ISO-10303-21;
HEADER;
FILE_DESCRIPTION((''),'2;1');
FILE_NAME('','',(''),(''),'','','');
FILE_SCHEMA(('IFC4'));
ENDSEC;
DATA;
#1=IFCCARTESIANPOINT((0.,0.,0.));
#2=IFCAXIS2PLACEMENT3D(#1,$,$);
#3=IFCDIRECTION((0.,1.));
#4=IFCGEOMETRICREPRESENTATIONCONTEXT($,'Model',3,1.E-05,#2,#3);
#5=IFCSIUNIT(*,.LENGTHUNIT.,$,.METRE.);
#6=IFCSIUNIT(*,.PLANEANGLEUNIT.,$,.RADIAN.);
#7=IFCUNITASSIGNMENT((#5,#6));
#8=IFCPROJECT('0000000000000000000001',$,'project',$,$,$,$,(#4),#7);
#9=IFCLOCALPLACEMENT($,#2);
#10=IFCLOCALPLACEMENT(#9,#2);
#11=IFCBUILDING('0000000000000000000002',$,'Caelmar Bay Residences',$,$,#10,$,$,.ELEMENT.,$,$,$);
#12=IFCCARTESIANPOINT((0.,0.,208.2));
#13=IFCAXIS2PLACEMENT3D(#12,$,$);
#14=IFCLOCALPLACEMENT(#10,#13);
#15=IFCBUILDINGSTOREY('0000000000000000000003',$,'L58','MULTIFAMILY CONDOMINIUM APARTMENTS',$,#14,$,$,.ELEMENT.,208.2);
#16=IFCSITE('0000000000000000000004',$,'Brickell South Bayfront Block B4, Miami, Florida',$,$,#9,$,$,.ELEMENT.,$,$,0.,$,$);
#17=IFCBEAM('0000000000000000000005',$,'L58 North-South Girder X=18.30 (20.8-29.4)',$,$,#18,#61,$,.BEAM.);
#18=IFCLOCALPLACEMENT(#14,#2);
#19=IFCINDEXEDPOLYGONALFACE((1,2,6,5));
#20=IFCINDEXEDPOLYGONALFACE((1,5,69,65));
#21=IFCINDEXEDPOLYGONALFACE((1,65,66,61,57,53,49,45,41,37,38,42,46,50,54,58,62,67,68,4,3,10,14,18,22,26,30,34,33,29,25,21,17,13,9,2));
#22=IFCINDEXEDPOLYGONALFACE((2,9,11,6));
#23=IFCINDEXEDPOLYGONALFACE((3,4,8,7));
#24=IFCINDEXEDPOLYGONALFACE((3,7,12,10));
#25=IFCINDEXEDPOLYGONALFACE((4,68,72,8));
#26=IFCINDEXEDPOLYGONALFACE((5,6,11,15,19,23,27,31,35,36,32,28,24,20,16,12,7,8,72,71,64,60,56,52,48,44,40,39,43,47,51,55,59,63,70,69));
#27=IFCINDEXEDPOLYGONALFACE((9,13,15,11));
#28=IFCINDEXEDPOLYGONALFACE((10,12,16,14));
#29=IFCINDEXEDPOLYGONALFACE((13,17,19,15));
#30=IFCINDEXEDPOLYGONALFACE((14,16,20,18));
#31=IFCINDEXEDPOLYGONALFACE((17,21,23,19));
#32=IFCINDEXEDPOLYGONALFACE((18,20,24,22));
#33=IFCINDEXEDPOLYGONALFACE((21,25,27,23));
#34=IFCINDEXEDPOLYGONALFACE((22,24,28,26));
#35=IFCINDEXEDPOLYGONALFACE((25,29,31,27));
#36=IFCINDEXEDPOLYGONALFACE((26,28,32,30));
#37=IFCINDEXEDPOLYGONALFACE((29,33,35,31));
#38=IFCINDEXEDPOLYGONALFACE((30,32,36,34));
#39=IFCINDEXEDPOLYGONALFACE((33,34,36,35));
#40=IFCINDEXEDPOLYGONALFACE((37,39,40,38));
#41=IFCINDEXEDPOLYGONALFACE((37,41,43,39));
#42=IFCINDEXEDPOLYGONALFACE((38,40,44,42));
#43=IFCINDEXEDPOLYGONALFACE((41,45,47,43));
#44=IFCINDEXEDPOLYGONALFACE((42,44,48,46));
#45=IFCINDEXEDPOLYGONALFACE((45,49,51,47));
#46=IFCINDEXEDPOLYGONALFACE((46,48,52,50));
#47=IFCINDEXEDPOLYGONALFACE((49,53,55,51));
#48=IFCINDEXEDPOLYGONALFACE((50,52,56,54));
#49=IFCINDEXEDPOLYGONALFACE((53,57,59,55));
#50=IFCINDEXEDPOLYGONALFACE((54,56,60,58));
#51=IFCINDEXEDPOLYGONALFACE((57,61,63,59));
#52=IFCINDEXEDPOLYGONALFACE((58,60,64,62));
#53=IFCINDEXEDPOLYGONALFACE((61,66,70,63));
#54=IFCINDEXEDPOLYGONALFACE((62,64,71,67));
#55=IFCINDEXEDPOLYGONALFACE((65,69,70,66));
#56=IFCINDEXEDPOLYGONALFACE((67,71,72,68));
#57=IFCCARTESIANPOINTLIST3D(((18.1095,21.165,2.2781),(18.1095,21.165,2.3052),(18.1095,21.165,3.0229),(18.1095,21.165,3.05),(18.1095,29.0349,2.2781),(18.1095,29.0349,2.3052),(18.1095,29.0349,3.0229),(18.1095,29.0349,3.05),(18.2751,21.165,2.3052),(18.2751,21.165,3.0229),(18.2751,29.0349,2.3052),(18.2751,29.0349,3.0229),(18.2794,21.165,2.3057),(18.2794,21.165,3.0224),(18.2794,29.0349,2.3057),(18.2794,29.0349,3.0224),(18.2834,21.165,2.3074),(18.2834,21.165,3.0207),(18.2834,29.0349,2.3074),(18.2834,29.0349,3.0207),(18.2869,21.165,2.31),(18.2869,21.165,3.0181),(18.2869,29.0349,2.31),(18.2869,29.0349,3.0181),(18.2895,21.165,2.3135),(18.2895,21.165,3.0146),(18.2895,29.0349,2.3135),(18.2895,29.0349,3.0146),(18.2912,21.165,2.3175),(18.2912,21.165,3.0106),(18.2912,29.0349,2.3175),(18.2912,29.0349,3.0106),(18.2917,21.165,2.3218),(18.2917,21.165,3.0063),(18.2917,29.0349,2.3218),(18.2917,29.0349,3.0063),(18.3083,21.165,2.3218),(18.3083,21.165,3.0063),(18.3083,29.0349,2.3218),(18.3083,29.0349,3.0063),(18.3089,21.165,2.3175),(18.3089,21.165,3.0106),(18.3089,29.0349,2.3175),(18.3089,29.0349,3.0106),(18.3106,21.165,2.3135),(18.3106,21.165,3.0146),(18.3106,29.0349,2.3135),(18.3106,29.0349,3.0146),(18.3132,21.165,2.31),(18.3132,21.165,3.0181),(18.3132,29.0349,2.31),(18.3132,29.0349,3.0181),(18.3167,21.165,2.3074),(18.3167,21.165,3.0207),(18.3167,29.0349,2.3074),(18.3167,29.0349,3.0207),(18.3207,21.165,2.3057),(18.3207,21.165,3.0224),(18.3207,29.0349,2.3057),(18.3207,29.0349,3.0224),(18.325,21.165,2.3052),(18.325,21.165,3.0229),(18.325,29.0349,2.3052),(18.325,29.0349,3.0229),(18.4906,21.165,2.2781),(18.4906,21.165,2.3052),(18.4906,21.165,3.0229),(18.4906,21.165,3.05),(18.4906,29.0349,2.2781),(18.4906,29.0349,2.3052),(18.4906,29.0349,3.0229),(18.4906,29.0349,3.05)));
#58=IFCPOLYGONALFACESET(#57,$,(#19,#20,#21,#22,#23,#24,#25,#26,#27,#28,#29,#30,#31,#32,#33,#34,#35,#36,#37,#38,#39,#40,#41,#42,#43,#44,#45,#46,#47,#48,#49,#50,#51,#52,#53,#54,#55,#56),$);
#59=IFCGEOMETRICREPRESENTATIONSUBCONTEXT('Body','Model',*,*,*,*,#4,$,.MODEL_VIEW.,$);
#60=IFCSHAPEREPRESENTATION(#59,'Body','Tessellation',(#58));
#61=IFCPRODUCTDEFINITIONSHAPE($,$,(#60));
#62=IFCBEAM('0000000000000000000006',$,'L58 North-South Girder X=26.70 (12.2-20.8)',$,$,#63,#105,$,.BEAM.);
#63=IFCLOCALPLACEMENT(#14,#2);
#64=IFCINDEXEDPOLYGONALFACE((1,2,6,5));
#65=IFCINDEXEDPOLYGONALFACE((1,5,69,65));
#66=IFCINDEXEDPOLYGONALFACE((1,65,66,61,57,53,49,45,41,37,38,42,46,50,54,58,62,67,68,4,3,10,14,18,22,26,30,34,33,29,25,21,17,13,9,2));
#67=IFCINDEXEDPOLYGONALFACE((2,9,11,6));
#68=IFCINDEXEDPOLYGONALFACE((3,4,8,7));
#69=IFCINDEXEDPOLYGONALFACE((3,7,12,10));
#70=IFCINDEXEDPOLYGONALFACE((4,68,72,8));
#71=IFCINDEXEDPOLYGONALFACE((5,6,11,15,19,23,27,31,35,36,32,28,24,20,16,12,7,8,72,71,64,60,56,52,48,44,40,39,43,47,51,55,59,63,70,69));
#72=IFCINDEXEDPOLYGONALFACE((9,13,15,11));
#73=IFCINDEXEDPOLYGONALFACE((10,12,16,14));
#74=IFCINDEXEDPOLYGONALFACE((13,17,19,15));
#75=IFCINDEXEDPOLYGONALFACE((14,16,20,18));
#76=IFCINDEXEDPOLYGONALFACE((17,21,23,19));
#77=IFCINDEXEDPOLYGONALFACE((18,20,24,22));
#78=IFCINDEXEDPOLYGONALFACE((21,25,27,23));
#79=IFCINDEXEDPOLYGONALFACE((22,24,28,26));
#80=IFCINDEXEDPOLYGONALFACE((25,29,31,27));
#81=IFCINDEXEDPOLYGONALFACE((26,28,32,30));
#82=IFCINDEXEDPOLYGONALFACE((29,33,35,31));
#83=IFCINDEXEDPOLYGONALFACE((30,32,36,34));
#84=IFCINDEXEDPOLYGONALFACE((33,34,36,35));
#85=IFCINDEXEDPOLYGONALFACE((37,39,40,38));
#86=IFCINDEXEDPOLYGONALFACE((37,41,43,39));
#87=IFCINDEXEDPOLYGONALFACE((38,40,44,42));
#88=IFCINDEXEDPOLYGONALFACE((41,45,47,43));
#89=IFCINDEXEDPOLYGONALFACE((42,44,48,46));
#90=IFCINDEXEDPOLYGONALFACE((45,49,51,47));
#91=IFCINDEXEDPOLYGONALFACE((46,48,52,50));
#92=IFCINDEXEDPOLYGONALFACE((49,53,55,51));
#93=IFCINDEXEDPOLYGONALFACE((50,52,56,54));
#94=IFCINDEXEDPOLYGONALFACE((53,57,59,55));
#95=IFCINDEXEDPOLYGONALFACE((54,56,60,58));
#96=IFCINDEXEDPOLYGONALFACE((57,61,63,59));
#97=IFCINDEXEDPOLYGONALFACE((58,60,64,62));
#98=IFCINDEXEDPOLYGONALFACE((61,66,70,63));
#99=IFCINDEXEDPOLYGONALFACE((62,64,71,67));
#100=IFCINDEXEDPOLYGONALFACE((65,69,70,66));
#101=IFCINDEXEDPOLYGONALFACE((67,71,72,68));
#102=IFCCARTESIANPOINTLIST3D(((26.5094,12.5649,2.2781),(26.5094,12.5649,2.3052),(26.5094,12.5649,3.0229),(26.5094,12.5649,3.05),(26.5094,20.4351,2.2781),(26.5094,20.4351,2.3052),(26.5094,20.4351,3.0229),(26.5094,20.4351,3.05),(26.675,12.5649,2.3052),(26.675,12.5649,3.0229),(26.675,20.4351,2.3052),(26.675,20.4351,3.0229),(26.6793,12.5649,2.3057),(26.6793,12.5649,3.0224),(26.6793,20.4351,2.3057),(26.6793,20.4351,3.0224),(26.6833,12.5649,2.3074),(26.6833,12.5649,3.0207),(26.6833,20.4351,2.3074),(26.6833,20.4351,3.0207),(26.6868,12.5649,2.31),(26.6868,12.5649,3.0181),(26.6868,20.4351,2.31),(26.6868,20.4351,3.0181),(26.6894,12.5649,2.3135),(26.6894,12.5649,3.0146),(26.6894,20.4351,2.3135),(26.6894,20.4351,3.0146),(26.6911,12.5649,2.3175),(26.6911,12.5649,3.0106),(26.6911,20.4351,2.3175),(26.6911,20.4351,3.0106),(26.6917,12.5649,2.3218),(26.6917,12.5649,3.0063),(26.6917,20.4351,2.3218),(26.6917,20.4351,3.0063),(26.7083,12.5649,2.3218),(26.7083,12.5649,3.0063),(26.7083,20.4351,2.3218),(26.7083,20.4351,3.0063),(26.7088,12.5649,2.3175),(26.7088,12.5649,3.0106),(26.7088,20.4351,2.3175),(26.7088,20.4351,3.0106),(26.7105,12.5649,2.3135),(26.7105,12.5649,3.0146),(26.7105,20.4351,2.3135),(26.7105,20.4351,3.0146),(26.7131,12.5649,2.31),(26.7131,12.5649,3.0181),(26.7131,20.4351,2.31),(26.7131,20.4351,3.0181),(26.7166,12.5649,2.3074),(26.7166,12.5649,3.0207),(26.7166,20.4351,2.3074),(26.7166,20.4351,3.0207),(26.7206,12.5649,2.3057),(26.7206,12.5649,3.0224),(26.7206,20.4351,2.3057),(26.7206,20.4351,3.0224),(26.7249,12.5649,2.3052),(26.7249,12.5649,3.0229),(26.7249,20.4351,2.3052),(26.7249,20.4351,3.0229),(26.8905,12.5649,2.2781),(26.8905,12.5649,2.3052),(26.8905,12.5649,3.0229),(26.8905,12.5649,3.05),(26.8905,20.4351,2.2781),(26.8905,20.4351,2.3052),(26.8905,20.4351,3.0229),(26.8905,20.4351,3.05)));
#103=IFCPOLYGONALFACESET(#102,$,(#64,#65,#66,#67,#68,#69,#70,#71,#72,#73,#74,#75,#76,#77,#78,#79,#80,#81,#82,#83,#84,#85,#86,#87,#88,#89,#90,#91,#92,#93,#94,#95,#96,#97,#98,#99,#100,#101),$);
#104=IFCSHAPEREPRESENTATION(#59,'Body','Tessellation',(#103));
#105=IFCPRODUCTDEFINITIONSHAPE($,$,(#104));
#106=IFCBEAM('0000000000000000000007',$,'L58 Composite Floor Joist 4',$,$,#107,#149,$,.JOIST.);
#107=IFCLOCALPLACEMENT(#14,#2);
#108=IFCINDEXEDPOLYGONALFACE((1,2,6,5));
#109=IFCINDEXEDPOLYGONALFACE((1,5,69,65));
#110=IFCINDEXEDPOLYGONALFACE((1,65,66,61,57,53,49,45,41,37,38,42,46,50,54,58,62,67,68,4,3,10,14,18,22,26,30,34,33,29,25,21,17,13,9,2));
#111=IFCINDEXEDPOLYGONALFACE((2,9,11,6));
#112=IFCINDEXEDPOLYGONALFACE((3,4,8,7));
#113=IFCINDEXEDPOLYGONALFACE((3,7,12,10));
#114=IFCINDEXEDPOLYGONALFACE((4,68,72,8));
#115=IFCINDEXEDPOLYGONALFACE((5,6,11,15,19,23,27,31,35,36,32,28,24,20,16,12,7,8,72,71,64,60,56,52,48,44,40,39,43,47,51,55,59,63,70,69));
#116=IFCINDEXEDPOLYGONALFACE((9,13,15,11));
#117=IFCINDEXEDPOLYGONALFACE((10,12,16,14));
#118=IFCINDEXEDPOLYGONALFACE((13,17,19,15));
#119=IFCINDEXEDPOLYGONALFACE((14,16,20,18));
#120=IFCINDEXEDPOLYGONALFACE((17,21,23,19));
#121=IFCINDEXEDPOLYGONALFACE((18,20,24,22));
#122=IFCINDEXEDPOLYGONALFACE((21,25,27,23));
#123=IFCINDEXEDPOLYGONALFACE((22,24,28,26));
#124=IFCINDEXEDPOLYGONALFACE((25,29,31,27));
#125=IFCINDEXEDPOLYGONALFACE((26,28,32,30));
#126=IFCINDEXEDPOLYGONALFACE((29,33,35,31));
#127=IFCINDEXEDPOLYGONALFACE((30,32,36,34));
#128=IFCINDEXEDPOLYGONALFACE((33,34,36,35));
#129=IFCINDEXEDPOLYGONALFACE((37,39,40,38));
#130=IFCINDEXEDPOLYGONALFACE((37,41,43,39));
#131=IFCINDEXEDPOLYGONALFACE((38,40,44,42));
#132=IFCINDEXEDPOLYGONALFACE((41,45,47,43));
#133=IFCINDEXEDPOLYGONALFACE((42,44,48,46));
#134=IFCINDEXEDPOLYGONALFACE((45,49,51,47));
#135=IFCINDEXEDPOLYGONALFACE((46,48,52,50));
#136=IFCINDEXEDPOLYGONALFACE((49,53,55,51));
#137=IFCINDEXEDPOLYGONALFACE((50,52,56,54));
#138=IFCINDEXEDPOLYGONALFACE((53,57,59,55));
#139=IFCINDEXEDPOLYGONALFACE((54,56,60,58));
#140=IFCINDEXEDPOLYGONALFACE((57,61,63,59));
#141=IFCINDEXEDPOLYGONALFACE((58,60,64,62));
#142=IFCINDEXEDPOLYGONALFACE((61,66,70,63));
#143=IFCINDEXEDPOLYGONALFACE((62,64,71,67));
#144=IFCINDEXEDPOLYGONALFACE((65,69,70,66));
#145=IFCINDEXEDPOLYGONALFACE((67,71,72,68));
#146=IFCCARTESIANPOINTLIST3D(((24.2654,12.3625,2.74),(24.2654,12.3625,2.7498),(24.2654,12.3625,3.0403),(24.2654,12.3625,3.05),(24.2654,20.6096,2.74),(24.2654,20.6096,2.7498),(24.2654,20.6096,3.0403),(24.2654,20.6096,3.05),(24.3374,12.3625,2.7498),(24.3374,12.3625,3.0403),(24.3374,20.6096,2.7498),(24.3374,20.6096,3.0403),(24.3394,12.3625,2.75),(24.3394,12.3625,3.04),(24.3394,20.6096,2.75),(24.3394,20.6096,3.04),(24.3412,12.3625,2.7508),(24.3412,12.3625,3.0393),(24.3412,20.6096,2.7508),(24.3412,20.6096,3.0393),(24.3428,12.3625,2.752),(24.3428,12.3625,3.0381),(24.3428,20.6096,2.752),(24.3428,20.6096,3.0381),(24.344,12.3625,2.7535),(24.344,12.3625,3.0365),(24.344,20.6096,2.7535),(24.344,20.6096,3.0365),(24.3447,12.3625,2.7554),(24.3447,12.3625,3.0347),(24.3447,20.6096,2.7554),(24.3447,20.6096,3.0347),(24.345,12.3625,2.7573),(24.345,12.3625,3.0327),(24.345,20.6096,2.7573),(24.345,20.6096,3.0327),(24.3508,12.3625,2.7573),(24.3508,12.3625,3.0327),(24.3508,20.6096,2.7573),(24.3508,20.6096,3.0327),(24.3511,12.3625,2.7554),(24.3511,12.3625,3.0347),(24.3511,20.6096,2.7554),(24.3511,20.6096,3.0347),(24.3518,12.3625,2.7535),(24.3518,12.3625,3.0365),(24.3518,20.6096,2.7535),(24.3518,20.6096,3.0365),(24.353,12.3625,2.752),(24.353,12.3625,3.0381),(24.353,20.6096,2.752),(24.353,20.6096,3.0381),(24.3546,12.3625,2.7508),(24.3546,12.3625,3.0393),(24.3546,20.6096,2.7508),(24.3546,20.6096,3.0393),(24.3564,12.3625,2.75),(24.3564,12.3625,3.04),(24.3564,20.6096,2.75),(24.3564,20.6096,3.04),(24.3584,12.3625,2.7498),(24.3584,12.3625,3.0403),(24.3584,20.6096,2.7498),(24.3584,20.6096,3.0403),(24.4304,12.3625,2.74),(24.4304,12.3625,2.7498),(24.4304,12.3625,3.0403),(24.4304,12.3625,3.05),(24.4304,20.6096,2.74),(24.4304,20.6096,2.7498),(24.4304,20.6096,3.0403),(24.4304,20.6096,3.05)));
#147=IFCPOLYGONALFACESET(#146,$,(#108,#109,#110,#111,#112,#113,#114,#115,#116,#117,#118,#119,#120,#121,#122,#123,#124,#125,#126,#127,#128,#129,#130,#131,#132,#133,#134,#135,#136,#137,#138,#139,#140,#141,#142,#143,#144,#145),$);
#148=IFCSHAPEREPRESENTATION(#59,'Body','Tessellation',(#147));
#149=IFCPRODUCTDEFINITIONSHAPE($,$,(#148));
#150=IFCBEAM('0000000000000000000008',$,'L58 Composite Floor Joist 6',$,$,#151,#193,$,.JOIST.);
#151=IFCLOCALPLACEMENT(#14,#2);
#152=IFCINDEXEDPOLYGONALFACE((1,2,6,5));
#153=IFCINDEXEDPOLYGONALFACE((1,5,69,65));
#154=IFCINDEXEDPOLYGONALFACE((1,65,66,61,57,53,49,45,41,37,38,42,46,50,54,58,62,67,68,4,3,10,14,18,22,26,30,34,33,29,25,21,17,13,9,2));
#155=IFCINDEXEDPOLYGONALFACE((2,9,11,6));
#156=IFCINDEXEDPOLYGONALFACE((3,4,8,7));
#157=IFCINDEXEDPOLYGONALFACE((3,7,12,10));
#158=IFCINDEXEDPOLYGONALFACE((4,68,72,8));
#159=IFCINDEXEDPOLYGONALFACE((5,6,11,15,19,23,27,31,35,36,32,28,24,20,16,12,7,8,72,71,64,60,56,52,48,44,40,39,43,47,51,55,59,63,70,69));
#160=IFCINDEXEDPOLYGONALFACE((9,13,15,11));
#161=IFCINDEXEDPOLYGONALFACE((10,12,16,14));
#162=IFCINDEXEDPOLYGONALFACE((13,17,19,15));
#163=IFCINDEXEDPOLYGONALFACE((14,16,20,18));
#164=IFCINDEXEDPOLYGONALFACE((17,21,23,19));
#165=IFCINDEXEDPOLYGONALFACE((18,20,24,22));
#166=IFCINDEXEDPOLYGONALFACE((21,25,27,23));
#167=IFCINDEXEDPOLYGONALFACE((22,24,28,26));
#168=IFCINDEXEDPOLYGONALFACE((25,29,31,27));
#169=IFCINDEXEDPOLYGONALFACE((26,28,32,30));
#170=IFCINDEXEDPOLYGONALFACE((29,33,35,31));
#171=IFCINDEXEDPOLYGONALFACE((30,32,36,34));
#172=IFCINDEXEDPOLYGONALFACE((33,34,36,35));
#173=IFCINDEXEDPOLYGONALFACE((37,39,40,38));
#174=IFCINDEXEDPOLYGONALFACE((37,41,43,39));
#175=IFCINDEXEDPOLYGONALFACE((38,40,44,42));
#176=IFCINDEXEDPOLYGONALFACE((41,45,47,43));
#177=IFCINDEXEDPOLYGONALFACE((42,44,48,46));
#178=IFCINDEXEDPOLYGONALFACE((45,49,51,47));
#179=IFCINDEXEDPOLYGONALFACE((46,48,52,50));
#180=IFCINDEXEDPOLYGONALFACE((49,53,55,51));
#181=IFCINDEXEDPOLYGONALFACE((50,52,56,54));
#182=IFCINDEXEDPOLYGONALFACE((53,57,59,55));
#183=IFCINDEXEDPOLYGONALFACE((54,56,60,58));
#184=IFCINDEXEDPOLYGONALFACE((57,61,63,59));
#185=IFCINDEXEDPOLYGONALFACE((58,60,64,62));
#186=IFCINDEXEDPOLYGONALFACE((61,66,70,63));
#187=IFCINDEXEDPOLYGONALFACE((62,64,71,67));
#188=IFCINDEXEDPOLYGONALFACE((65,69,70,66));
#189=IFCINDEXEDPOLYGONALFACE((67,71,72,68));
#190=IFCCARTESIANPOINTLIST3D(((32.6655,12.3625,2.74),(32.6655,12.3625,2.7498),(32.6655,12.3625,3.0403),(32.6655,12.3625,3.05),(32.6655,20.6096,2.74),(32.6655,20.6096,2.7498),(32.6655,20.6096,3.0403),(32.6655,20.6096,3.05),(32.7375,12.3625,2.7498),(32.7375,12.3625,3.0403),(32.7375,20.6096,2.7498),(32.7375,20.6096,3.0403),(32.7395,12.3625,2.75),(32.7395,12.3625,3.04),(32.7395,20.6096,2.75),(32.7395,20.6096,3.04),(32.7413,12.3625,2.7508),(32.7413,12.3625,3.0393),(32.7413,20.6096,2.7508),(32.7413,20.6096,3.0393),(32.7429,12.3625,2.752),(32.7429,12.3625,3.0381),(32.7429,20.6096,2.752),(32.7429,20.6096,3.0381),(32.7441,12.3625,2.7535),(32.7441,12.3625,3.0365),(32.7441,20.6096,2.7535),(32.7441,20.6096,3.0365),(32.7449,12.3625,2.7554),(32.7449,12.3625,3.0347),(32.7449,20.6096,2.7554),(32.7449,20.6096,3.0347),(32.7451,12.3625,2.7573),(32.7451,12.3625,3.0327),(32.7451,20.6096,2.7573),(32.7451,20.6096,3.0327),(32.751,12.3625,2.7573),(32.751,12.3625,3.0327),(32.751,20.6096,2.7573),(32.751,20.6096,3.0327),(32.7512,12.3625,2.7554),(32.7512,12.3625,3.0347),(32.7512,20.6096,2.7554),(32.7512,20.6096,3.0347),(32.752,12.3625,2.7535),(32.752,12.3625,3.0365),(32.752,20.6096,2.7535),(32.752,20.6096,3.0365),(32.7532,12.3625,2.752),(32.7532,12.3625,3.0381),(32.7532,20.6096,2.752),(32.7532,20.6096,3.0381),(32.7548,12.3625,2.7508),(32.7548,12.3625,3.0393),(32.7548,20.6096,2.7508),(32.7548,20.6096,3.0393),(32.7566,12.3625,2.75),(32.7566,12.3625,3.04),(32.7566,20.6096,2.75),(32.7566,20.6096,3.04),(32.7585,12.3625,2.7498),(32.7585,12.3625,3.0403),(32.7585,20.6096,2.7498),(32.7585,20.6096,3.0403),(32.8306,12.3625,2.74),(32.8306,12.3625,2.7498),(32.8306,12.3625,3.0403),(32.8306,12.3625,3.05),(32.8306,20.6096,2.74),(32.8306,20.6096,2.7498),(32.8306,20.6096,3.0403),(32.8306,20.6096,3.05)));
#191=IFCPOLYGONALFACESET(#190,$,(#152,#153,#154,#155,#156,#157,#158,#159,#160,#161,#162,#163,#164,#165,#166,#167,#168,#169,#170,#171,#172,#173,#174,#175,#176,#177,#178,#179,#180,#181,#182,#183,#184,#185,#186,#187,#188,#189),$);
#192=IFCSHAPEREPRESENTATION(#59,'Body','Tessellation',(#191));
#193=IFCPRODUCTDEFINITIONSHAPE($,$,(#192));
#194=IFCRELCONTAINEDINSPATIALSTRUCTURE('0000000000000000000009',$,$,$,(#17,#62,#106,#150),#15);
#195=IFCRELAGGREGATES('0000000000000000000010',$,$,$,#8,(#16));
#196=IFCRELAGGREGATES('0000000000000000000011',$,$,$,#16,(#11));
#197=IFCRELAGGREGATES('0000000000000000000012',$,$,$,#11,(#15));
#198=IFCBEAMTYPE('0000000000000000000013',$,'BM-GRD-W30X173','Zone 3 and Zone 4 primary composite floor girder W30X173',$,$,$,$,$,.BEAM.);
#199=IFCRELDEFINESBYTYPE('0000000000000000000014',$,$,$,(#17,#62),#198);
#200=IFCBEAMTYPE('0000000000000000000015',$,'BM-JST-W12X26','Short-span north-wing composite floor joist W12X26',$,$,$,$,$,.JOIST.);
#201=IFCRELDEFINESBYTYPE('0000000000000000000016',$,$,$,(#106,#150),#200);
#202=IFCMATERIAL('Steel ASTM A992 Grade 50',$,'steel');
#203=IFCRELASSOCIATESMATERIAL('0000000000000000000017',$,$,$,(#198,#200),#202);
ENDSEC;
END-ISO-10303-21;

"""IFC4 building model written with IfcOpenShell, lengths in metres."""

from ifc_helpers import new_model, si_unit, direction, frame, origin, origin_2d, place, context, subcontext, project, spatial, i_section, extrude, material, material_profile, profile_set, type_object, element, save


model = new_model("IFC4")

# Units and contexts
model_context = context("Model", 3, precision=1e-05, world=origin(), true_north=direction((0.0, 1.0)))
body_context = subcontext(model_context, "Body", "Model", "MODEL_VIEW")
ifc_project = project(units=[si_unit("LENGTHUNIT", "METRE"), si_unit("PLANEANGLEUNIT", "RADIAN")], contexts=[model_context])

# Site, building, storey
site_placement = place(None, origin())
site = spatial("IfcSite", under=ifc_project, at=site_placement, Name="Brickell South Bayfront Block B4, Miami, Florida", CompositionType="ELEMENT", RefElevation=0.0)
building_placement = place(site_placement, origin())
building = spatial("IfcBuilding", under=site, at=building_placement, Name="Caelmar Bay Residences", CompositionType="ELEMENT")
storey_placement = place(building_placement, frame((0.0, 0.0, 208.2)))
storey = spatial("IfcBuildingStorey", under=building, at=storey_placement, Name="L58", Description="MULTIFAMILY CONDOMINIUM APARTMENTS", CompositionType="ELEMENT", Elevation=208.2)

# Beams
ifc_material_1 = material(Name="Steel ASTM A992 Grade 50", Category="steel")
ifc_material_profile_1 = material_profile(ifc_material_1, i_section(OverallWidth=0.3811, OverallDepth=0.772, WebThickness=0.0166, FlangeThickness=0.0271, FilletRadius=0.0166, at=origin_2d()), Name="W30X173")
ifc_profile_set_1 = profile_set([ifc_material_profile_1], Name="Steel ASTM A992 Grade 50")
beam_type_1 = type_object("IfcBeamType", Name="BM-GRD-W30X173", Description="Zone 3 and Zone 4 primary composite floor girder W30X173", PredefinedType="BEAM", material=ifc_profile_set_1)
beam_1_placement = place(storey_placement, frame((18.3, 21.165, 2.6641), z_axis=(0.0, 1.0, 0.0), x_axis=(-1.0, 0.0, 0.0)))
element("IfcBeam", 1, at=beam_1_placement, inside=storey, type_object=beam_type_1, Name="L58 North-South Girder X=18.30 (20.8-29.4)", PredefinedType="BEAM", context=body_context, shape_type="SweptSolid", body=[
    extrude(i_section(OverallWidth=0.3811, OverallDepth=0.772, WebThickness=0.0166, FlangeThickness=0.0271, FilletRadius=0.0166, at=origin_2d()), origin(), (0.0, 0.0, 1.0), 7.8699),
])
beam_2_placement = place(storey_placement, frame((26.7, 12.5649, 2.6641), z_axis=(0.0, 1.0, 0.0), x_axis=(-1.0, 0.0, 0.0)))
element("IfcBeam", 2, at=beam_2_placement, inside=storey, type_object=beam_type_1, Name="L58 North-South Girder X=26.70 (12.2-20.8)", PredefinedType="BEAM", context=body_context, shape_type="SweptSolid", body=[
    extrude(i_section(OverallWidth=0.3811, OverallDepth=0.772, WebThickness=0.0166, FlangeThickness=0.0271, FilletRadius=0.0166, at=origin_2d()), origin(), (0.0, 0.0, 1.0), 7.8701),
])
ifc_material_profile_2 = material_profile(ifc_material_1, i_section(OverallWidth=0.165, OverallDepth=0.3101, WebThickness=0.0059, FlangeThickness=0.0098, FilletRadius=0.0076, at=origin_2d()), Name="W12X26")
ifc_profile_set_2 = profile_set([ifc_material_profile_2], Name="Steel ASTM A992 Grade 50")
beam_type_2 = type_object("IfcBeamType", Name="BM-JST-W12X26", Description="Short-span north-wing composite floor joist W12X26", PredefinedType="JOIST", material=ifc_profile_set_2)
for number, where, z_axis, x_axis, name in (
    (3, (24.3479, 12.3625, 2.895), (0.0, 1.0, 0.0), (-1.0, 0.0, 0.0), "L58 Composite Floor Joist 4"),
    (4, (32.748, 12.3625, 2.895), (0.0, 1.0, 0.0), (-1.0, 0.0, 0.0), "L58 Composite Floor Joist 6"),
):
    element("IfcBeam", number, at=place(storey_placement, frame(where, z_axis=z_axis, x_axis=x_axis)), inside=storey, type_object=beam_type_2, Name=name, PredefinedType="JOIST", context=body_context, shape_type="SweptSolid", body=[
        extrude(i_section(OverallWidth=0.165, OverallDepth=0.3101, WebThickness=0.0059, FlangeThickness=0.0098, FilletRadius=0.0076, at=origin_2d()), origin(), (0.0, 0.0, 1.0), 8.2471),
    ])

save(model, "model.ifc")
